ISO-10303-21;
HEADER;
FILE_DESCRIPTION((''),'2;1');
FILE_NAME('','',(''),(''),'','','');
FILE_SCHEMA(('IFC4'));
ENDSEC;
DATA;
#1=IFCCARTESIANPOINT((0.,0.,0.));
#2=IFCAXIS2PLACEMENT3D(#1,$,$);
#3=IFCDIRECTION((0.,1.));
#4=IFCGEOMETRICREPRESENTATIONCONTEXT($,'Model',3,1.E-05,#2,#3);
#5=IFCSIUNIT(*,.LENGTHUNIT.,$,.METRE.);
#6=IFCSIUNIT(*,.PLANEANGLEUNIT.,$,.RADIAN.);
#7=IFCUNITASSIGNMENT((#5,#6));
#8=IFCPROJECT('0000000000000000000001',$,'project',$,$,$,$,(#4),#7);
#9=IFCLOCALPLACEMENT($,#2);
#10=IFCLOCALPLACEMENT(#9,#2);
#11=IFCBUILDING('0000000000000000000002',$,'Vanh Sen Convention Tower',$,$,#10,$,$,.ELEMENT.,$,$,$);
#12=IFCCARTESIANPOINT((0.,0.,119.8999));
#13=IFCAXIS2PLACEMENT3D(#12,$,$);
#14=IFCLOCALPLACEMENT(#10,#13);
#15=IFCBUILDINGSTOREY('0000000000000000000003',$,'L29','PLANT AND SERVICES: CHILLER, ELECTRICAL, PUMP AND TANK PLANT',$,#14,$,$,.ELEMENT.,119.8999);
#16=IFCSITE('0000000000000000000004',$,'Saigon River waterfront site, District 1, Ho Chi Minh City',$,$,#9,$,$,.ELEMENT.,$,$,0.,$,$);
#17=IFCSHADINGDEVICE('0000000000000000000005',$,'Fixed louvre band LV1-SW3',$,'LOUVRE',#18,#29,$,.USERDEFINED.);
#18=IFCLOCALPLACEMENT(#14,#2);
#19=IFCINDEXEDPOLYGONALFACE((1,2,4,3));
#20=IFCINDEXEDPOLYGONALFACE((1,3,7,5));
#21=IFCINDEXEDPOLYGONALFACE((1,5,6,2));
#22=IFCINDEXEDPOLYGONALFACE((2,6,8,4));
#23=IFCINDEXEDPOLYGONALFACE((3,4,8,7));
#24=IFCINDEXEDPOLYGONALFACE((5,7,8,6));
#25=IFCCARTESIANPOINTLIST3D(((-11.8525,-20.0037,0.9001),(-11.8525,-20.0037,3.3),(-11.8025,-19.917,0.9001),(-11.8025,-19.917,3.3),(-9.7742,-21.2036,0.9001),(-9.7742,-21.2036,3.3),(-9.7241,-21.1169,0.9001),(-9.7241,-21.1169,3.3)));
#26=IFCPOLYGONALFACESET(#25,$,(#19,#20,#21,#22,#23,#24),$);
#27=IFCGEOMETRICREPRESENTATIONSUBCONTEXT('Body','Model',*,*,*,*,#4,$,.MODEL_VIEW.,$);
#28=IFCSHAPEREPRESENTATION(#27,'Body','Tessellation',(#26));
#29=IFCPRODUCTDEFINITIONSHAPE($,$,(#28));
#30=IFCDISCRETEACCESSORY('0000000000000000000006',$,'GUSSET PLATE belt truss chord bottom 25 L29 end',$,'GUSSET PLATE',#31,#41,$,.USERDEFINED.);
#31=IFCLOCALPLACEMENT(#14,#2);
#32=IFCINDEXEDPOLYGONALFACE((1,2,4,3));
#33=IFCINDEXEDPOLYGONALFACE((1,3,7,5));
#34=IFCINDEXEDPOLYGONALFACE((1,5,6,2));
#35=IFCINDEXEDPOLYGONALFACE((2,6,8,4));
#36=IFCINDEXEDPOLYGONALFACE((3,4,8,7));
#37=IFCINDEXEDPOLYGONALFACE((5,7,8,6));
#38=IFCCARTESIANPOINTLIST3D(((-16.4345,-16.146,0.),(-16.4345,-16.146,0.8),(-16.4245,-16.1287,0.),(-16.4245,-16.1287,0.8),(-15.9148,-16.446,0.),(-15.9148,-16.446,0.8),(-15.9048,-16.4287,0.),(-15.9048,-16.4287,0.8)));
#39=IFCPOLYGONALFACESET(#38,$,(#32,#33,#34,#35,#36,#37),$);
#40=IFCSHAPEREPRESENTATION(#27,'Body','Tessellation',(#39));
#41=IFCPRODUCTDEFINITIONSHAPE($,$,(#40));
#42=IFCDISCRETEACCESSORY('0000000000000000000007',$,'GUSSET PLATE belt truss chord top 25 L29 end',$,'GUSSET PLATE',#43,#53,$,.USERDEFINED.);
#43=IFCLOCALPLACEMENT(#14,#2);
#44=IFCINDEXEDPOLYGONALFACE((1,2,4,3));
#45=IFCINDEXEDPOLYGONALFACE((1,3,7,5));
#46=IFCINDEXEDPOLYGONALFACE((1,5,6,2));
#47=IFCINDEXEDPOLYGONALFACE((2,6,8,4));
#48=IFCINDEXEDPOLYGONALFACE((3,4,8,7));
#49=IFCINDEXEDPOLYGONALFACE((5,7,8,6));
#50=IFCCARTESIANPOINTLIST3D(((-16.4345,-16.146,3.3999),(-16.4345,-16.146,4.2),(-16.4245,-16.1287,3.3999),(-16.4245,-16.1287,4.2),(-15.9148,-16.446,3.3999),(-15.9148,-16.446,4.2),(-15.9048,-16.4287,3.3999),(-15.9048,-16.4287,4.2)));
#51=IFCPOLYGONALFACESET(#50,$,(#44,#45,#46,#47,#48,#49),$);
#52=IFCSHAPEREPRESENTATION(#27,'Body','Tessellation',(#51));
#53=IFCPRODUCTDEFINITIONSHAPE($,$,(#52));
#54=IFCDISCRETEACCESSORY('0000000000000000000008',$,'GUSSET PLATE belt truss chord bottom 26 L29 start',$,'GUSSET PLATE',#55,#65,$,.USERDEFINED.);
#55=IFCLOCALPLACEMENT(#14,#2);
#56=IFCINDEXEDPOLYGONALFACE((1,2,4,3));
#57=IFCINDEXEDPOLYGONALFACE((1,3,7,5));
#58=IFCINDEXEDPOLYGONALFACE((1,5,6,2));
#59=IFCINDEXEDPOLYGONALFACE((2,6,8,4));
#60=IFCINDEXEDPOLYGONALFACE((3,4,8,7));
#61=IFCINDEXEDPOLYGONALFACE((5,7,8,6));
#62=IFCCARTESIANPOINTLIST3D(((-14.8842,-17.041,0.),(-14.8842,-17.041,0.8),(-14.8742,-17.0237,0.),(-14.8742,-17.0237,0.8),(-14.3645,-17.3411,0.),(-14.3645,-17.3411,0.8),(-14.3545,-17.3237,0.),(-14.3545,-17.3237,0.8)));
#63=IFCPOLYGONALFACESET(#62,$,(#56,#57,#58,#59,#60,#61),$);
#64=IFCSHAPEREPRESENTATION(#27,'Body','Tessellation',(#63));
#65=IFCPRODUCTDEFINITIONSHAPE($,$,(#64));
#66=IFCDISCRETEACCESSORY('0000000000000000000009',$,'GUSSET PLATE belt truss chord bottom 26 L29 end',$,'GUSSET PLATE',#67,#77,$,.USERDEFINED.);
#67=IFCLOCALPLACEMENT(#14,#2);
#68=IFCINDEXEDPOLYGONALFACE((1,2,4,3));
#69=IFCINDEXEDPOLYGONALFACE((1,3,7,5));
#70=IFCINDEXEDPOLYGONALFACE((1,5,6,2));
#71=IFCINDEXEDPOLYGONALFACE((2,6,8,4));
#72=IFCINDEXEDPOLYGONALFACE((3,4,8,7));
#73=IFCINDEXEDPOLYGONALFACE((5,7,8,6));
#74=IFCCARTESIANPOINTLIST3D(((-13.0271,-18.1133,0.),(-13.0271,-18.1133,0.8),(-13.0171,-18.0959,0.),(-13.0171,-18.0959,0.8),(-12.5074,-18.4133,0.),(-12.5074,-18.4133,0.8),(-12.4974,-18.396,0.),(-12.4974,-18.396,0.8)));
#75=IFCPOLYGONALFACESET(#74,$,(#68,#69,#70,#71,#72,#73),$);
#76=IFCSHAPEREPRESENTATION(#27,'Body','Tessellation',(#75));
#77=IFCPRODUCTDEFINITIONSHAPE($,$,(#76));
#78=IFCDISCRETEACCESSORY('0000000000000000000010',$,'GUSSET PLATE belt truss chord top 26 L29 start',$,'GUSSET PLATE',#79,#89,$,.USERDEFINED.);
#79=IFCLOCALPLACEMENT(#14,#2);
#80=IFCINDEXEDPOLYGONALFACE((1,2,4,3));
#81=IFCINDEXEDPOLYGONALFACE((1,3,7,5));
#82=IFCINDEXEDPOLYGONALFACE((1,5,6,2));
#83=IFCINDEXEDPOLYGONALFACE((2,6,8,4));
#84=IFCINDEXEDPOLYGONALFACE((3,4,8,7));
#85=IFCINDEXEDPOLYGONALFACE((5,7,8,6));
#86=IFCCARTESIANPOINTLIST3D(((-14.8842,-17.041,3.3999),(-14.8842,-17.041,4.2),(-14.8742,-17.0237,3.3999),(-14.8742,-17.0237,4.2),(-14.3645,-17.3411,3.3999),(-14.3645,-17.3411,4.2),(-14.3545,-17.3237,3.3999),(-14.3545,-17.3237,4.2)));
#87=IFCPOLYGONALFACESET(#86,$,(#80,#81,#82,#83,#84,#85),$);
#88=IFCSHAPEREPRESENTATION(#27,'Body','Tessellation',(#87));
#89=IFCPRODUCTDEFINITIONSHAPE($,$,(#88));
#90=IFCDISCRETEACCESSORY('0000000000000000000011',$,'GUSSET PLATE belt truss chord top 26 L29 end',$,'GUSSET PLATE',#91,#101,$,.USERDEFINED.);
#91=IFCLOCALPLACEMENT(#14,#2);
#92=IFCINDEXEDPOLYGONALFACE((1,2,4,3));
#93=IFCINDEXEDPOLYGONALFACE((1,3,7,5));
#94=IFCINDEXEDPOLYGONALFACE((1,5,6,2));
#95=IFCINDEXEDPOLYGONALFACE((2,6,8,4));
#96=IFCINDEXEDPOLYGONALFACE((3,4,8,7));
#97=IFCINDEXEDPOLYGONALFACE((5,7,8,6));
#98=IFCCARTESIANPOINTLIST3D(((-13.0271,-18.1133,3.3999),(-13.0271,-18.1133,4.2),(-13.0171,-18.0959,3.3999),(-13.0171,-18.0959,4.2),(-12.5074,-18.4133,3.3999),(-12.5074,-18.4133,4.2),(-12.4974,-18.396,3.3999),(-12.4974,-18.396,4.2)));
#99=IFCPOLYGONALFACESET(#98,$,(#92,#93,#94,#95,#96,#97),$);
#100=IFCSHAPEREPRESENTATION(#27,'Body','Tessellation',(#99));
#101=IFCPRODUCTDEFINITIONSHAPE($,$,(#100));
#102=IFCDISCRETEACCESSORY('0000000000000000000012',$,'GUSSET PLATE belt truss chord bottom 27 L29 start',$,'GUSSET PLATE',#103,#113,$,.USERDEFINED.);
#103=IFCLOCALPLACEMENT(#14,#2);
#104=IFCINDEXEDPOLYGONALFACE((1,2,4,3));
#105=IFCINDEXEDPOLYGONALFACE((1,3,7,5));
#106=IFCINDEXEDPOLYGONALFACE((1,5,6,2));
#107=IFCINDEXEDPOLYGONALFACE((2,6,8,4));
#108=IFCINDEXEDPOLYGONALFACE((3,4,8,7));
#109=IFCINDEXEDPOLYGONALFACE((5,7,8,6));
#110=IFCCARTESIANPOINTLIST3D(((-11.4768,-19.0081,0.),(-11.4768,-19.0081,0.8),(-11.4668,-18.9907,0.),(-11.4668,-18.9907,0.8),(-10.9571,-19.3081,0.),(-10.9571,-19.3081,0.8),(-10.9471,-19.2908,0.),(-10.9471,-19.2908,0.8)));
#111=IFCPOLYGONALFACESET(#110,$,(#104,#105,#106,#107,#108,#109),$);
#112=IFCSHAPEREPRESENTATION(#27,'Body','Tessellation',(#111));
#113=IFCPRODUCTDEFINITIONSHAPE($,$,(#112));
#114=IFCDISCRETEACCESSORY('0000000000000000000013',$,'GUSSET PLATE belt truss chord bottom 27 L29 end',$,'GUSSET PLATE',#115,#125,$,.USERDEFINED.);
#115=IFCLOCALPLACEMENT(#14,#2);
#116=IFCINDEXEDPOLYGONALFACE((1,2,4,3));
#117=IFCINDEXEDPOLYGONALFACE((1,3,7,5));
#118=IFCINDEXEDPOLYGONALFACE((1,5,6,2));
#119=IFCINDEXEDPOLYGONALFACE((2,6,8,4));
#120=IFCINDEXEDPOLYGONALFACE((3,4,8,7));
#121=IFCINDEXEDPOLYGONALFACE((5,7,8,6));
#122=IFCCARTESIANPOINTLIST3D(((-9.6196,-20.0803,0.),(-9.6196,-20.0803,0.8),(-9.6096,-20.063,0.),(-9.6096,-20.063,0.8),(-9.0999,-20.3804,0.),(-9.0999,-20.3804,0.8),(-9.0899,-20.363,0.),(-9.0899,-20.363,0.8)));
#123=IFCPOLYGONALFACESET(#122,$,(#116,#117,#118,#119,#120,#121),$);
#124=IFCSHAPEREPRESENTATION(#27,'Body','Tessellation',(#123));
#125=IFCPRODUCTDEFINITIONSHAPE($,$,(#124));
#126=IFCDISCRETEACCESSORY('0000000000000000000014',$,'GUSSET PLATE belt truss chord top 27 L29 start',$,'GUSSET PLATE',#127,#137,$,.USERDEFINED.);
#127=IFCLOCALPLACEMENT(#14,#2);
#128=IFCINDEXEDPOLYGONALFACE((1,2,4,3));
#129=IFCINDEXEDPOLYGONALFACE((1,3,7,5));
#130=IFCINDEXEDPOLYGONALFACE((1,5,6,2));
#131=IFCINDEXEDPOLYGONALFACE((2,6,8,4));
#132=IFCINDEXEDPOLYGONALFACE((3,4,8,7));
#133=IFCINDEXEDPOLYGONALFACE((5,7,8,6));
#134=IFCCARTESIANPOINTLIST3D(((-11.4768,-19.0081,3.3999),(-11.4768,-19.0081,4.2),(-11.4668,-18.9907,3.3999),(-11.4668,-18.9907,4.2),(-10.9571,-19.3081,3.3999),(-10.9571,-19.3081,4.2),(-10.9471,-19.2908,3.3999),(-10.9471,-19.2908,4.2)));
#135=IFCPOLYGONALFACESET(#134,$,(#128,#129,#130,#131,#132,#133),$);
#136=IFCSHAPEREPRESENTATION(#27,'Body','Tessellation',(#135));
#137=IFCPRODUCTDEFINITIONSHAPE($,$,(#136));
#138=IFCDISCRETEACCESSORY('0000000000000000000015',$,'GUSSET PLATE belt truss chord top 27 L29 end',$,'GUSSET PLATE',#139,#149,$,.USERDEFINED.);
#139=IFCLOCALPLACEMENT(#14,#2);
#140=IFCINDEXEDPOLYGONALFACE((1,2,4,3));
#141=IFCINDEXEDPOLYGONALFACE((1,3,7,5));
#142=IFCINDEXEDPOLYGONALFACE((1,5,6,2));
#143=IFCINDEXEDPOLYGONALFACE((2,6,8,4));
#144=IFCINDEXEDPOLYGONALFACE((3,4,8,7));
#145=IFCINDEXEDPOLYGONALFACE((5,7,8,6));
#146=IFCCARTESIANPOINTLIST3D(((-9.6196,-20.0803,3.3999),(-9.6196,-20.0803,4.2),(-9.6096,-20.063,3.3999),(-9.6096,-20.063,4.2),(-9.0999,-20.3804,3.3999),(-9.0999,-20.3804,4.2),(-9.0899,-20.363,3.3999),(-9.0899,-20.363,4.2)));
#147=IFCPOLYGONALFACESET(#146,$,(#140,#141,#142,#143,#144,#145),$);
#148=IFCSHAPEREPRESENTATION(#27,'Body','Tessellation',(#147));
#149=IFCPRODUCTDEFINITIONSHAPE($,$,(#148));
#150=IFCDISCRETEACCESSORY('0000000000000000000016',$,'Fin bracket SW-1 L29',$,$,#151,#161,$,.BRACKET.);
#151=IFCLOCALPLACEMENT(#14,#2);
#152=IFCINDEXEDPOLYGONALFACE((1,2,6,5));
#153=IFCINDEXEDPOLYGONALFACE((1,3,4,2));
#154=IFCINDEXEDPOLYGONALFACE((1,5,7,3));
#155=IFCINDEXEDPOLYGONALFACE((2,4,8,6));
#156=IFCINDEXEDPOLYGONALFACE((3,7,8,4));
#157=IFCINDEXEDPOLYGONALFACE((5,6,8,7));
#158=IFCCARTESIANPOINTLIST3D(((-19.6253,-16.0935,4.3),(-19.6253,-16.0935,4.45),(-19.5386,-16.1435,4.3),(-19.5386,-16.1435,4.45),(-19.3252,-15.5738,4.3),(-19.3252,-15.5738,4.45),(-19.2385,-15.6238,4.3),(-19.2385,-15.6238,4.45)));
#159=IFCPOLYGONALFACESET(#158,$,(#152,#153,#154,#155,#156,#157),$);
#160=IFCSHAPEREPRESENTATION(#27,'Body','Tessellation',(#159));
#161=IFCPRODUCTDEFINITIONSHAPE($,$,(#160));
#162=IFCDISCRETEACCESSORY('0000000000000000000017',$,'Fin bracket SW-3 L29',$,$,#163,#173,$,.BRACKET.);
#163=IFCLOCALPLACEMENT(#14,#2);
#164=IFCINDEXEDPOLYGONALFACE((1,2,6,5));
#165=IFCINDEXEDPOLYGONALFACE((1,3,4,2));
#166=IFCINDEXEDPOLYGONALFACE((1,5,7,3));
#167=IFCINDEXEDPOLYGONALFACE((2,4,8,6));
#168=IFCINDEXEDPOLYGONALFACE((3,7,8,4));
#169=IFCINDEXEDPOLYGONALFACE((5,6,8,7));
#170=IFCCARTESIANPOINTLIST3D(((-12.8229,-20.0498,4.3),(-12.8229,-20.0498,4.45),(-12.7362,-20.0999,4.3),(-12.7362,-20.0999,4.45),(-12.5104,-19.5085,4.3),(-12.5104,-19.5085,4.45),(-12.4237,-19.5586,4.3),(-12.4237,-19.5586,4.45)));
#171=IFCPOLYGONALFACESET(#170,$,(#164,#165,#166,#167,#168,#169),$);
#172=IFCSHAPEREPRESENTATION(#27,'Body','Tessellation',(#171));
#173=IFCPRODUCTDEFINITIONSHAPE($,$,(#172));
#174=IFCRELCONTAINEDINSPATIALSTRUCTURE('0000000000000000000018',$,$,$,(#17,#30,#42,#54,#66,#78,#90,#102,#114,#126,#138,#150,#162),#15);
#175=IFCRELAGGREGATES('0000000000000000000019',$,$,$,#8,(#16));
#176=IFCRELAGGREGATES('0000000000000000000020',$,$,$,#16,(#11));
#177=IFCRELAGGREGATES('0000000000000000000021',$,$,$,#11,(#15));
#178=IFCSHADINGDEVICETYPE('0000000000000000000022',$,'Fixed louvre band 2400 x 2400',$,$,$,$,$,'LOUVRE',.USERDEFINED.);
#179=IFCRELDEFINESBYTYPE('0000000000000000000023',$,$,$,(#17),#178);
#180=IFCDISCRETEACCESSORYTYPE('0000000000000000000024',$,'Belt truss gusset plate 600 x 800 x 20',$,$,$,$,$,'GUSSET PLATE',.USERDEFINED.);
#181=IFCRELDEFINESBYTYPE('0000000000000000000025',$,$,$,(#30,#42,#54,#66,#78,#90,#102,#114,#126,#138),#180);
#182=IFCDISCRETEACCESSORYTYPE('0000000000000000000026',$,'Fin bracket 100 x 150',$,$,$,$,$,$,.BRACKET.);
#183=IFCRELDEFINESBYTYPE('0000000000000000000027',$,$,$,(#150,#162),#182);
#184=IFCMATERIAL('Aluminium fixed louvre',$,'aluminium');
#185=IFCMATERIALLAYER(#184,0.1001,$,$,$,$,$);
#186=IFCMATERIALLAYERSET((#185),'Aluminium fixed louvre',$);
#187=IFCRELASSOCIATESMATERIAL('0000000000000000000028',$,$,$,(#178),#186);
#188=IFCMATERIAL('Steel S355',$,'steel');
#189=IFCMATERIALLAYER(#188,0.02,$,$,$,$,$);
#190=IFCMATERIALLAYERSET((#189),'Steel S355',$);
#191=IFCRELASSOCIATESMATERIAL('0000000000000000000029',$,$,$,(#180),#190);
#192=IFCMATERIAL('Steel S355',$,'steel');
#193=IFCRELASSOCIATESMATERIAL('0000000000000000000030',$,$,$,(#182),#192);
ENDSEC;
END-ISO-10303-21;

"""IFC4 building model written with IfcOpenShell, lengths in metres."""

from ifc_helpers import new_model, si_unit, direction, frame, origin, origin_2d, place, context, subcontext, project, spatial, rectangle, extrude, material, layer, layer_set, type_object, element, save


model = new_model("IFC4")

# Units and contexts
model_context = context("Model", 3, precision=1e-05, world=origin(), true_north=direction((0.0, 1.0)))
body_context = subcontext(model_context, "Body", "Model", "MODEL_VIEW")
ifc_project = project(units=[si_unit("LENGTHUNIT", "METRE"), si_unit("PLANEANGLEUNIT", "RADIAN")], contexts=[model_context])

# Site, building, storey
site_placement = place(None, origin())
site = spatial("IfcSite", under=ifc_project, at=site_placement, Name="Saigon River waterfront site, District 1, Ho Chi Minh City", CompositionType="ELEMENT", RefElevation=0.0)
building_placement = place(site_placement, origin())
building = spatial("IfcBuilding", under=site, at=building_placement, Name="Vanh Sen Convention Tower", CompositionType="ELEMENT")
storey_placement = place(building_placement, frame((0.0, 0.0, 119.8999)))
storey = spatial("IfcBuildingStorey", under=building, at=storey_placement, Name="L29", Description="PLANT AND SERVICES: CHILLER, ELECTRICAL, PUMP AND TANK PLANT", CompositionType="ELEMENT", Elevation=119.8999)

# Shared definitions
ifc_material_1 = material(Name="Steel S355", Category="steel")

# Shading device
ifc_material_2 = material(Name="Aluminium fixed louvre", Category="aluminium")
ifc_layer_1 = layer(ifc_material_2, 0.1001)
ifc_layer_set_1 = layer_set([ifc_layer_1], Name="Aluminium fixed louvre")
shading_device_type = type_object("IfcShadingDeviceType", Name="Fixed louvre band 2400 x 2400", ElementType="LOUVRE", PredefinedType="USERDEFINED", material=ifc_layer_set_1)
for number, where, z_axis, x_axis, name in (
    (1, (-10.7883, -20.5603, 0.9001), (0.0, 0.0, 1.0), (0.866027, -0.499997, 0.0), "Fixed louvre band LV1-SW3"),
):
    element("IfcShadingDevice", number, at=place(storey_placement, frame(where, z_axis=z_axis, x_axis=x_axis)), inside=storey, type_object=shading_device_type, Name=name, ObjectType="LOUVRE", PredefinedType="USERDEFINED", context=body_context, shape_type="SweptSolid", body=[
        extrude(rectangle(XDim=2.3999, YDim=0.1001, at=origin_2d()), origin(), (0.0, 0.0, 1.0), 2.3999),
    ])

# Discrete accessories
ifc_layer_2 = layer(ifc_material_1, 0.02)
ifc_layer_set_2 = layer_set([ifc_layer_2], Name="Steel S355")
discrete_accessory_type_1 = type_object("IfcDiscreteAccessoryType", Name="Belt truss gusset plate 600 x 800 x 20", ElementType="GUSSET PLATE", PredefinedType="USERDEFINED", material=ifc_layer_set_2)
for number, where, z_axis, x_axis, name in (
    (2, (-16.1697, -16.2874, 0.0), (0.0, 0.0, 1.0), (-0.866028, 0.499995, 0.0), "GUSSET PLATE belt truss chord bottom 25 L29 end"),
    (3, (-16.1697, -16.2874, 3.3999), (0.0, 0.0, 1.0), (-0.866028, 0.499995, 0.0), "GUSSET PLATE belt truss chord top 25 L29 end"),
    (4, (-14.6194, -17.1824, 0.0), (0.0, 0.0, 1.0), (0.866032, -0.499988, 0.0), "GUSSET PLATE belt truss chord bottom 26 L29 start"),
    (5, (-12.7622, -18.2546, 0.0), (0.0, 0.0, 1.0), (-0.866032, 0.499988, 0.0), "GUSSET PLATE belt truss chord bottom 26 L29 end"),
    (6, (-14.6194, -17.1824, 3.3999), (0.0, 0.0, 1.0), (0.866032, -0.499988, 0.0), "GUSSET PLATE belt truss chord top 26 L29 start"),
    (7, (-12.7622, -18.2546, 3.3999), (0.0, 0.0, 1.0), (-0.866032, 0.499988, 0.0), "GUSSET PLATE belt truss chord top 26 L29 end"),
    (8, (-11.2119, -19.1494, 0.0), (0.0, 0.0, 1.0), (0.866028, -0.499995, 0.0), "GUSSET PLATE belt truss chord bottom 27 L29 start"),
    (9, (-9.3547, -20.2217, 0.0), (0.0, 0.0, 1.0), (-0.866028, 0.499995, 0.0), "GUSSET PLATE belt truss chord bottom 27 L29 end"),
    (10, (-11.2119, -19.1494, 3.3999), (0.0, 0.0, 1.0), (0.866028, -0.499995, 0.0), "GUSSET PLATE belt truss chord top 27 L29 start"),
    (11, (-9.3547, -20.2217, 3.3999), (0.0, 0.0, 1.0), (-0.866028, 0.499995, 0.0), "GUSSET PLATE belt truss chord top 27 L29 end"),
):
    element("IfcDiscreteAccessory", number, at=place(storey_placement, frame(where, z_axis=z_axis, x_axis=x_axis)), inside=storey, type_object=discrete_accessory_type_1, Name=name, ObjectType="GUSSET PLATE", PredefinedType="USERDEFINED", context=body_context, shape_type="SweptSolid", body=[
        extrude(rectangle(XDim=0.6001, YDim=0.02, at=origin_2d()), origin(), (0.0, 0.0, 1.0), 0.8),
    ])
ifc_material_3 = material(Name="Steel S355", Category="steel")
discrete_accessory_type_2 = type_object("IfcDiscreteAccessoryType", Name="Fin bracket 100 x 150", PredefinedType="BRACKET", material=ifc_material_3)
discrete_accessory_1_placement = place(storey_placement, frame((-19.4319, -15.8586, 4.3), z_axis=(0.0, 0.0, 1.0), x_axis=(-0.5, -0.866025, 0.0)))
element("IfcDiscreteAccessory", 12, at=discrete_accessory_1_placement, inside=storey, type_object=discrete_accessory_type_2, Name="Fin bracket SW-1 L29", PredefinedType="BRACKET", context=body_context, shape_type="SweptSolid", body=[
    extrude(rectangle(XDim=0.6001, YDim=0.1001, at=origin_2d()), origin(), (0.0, 0.0, 1.0), 0.1499),
])
discrete_accessory_2_placement = place(storey_placement, frame((-12.6233, -19.8042, 4.3), z_axis=(0.0, 0.0, 1.0), x_axis=(-0.5, -0.866025, 0.0)))
element("IfcDiscreteAccessory", 13, at=discrete_accessory_2_placement, inside=storey, type_object=discrete_accessory_type_2, Name="Fin bracket SW-3 L29", PredefinedType="BRACKET", context=body_context, shape_type="SweptSolid", body=[
    extrude(rectangle(XDim=0.625, YDim=0.1001, at=origin_2d()), origin(), (0.0, 0.0, 1.0), 0.1499),
])

save(model, "model.ifc")
